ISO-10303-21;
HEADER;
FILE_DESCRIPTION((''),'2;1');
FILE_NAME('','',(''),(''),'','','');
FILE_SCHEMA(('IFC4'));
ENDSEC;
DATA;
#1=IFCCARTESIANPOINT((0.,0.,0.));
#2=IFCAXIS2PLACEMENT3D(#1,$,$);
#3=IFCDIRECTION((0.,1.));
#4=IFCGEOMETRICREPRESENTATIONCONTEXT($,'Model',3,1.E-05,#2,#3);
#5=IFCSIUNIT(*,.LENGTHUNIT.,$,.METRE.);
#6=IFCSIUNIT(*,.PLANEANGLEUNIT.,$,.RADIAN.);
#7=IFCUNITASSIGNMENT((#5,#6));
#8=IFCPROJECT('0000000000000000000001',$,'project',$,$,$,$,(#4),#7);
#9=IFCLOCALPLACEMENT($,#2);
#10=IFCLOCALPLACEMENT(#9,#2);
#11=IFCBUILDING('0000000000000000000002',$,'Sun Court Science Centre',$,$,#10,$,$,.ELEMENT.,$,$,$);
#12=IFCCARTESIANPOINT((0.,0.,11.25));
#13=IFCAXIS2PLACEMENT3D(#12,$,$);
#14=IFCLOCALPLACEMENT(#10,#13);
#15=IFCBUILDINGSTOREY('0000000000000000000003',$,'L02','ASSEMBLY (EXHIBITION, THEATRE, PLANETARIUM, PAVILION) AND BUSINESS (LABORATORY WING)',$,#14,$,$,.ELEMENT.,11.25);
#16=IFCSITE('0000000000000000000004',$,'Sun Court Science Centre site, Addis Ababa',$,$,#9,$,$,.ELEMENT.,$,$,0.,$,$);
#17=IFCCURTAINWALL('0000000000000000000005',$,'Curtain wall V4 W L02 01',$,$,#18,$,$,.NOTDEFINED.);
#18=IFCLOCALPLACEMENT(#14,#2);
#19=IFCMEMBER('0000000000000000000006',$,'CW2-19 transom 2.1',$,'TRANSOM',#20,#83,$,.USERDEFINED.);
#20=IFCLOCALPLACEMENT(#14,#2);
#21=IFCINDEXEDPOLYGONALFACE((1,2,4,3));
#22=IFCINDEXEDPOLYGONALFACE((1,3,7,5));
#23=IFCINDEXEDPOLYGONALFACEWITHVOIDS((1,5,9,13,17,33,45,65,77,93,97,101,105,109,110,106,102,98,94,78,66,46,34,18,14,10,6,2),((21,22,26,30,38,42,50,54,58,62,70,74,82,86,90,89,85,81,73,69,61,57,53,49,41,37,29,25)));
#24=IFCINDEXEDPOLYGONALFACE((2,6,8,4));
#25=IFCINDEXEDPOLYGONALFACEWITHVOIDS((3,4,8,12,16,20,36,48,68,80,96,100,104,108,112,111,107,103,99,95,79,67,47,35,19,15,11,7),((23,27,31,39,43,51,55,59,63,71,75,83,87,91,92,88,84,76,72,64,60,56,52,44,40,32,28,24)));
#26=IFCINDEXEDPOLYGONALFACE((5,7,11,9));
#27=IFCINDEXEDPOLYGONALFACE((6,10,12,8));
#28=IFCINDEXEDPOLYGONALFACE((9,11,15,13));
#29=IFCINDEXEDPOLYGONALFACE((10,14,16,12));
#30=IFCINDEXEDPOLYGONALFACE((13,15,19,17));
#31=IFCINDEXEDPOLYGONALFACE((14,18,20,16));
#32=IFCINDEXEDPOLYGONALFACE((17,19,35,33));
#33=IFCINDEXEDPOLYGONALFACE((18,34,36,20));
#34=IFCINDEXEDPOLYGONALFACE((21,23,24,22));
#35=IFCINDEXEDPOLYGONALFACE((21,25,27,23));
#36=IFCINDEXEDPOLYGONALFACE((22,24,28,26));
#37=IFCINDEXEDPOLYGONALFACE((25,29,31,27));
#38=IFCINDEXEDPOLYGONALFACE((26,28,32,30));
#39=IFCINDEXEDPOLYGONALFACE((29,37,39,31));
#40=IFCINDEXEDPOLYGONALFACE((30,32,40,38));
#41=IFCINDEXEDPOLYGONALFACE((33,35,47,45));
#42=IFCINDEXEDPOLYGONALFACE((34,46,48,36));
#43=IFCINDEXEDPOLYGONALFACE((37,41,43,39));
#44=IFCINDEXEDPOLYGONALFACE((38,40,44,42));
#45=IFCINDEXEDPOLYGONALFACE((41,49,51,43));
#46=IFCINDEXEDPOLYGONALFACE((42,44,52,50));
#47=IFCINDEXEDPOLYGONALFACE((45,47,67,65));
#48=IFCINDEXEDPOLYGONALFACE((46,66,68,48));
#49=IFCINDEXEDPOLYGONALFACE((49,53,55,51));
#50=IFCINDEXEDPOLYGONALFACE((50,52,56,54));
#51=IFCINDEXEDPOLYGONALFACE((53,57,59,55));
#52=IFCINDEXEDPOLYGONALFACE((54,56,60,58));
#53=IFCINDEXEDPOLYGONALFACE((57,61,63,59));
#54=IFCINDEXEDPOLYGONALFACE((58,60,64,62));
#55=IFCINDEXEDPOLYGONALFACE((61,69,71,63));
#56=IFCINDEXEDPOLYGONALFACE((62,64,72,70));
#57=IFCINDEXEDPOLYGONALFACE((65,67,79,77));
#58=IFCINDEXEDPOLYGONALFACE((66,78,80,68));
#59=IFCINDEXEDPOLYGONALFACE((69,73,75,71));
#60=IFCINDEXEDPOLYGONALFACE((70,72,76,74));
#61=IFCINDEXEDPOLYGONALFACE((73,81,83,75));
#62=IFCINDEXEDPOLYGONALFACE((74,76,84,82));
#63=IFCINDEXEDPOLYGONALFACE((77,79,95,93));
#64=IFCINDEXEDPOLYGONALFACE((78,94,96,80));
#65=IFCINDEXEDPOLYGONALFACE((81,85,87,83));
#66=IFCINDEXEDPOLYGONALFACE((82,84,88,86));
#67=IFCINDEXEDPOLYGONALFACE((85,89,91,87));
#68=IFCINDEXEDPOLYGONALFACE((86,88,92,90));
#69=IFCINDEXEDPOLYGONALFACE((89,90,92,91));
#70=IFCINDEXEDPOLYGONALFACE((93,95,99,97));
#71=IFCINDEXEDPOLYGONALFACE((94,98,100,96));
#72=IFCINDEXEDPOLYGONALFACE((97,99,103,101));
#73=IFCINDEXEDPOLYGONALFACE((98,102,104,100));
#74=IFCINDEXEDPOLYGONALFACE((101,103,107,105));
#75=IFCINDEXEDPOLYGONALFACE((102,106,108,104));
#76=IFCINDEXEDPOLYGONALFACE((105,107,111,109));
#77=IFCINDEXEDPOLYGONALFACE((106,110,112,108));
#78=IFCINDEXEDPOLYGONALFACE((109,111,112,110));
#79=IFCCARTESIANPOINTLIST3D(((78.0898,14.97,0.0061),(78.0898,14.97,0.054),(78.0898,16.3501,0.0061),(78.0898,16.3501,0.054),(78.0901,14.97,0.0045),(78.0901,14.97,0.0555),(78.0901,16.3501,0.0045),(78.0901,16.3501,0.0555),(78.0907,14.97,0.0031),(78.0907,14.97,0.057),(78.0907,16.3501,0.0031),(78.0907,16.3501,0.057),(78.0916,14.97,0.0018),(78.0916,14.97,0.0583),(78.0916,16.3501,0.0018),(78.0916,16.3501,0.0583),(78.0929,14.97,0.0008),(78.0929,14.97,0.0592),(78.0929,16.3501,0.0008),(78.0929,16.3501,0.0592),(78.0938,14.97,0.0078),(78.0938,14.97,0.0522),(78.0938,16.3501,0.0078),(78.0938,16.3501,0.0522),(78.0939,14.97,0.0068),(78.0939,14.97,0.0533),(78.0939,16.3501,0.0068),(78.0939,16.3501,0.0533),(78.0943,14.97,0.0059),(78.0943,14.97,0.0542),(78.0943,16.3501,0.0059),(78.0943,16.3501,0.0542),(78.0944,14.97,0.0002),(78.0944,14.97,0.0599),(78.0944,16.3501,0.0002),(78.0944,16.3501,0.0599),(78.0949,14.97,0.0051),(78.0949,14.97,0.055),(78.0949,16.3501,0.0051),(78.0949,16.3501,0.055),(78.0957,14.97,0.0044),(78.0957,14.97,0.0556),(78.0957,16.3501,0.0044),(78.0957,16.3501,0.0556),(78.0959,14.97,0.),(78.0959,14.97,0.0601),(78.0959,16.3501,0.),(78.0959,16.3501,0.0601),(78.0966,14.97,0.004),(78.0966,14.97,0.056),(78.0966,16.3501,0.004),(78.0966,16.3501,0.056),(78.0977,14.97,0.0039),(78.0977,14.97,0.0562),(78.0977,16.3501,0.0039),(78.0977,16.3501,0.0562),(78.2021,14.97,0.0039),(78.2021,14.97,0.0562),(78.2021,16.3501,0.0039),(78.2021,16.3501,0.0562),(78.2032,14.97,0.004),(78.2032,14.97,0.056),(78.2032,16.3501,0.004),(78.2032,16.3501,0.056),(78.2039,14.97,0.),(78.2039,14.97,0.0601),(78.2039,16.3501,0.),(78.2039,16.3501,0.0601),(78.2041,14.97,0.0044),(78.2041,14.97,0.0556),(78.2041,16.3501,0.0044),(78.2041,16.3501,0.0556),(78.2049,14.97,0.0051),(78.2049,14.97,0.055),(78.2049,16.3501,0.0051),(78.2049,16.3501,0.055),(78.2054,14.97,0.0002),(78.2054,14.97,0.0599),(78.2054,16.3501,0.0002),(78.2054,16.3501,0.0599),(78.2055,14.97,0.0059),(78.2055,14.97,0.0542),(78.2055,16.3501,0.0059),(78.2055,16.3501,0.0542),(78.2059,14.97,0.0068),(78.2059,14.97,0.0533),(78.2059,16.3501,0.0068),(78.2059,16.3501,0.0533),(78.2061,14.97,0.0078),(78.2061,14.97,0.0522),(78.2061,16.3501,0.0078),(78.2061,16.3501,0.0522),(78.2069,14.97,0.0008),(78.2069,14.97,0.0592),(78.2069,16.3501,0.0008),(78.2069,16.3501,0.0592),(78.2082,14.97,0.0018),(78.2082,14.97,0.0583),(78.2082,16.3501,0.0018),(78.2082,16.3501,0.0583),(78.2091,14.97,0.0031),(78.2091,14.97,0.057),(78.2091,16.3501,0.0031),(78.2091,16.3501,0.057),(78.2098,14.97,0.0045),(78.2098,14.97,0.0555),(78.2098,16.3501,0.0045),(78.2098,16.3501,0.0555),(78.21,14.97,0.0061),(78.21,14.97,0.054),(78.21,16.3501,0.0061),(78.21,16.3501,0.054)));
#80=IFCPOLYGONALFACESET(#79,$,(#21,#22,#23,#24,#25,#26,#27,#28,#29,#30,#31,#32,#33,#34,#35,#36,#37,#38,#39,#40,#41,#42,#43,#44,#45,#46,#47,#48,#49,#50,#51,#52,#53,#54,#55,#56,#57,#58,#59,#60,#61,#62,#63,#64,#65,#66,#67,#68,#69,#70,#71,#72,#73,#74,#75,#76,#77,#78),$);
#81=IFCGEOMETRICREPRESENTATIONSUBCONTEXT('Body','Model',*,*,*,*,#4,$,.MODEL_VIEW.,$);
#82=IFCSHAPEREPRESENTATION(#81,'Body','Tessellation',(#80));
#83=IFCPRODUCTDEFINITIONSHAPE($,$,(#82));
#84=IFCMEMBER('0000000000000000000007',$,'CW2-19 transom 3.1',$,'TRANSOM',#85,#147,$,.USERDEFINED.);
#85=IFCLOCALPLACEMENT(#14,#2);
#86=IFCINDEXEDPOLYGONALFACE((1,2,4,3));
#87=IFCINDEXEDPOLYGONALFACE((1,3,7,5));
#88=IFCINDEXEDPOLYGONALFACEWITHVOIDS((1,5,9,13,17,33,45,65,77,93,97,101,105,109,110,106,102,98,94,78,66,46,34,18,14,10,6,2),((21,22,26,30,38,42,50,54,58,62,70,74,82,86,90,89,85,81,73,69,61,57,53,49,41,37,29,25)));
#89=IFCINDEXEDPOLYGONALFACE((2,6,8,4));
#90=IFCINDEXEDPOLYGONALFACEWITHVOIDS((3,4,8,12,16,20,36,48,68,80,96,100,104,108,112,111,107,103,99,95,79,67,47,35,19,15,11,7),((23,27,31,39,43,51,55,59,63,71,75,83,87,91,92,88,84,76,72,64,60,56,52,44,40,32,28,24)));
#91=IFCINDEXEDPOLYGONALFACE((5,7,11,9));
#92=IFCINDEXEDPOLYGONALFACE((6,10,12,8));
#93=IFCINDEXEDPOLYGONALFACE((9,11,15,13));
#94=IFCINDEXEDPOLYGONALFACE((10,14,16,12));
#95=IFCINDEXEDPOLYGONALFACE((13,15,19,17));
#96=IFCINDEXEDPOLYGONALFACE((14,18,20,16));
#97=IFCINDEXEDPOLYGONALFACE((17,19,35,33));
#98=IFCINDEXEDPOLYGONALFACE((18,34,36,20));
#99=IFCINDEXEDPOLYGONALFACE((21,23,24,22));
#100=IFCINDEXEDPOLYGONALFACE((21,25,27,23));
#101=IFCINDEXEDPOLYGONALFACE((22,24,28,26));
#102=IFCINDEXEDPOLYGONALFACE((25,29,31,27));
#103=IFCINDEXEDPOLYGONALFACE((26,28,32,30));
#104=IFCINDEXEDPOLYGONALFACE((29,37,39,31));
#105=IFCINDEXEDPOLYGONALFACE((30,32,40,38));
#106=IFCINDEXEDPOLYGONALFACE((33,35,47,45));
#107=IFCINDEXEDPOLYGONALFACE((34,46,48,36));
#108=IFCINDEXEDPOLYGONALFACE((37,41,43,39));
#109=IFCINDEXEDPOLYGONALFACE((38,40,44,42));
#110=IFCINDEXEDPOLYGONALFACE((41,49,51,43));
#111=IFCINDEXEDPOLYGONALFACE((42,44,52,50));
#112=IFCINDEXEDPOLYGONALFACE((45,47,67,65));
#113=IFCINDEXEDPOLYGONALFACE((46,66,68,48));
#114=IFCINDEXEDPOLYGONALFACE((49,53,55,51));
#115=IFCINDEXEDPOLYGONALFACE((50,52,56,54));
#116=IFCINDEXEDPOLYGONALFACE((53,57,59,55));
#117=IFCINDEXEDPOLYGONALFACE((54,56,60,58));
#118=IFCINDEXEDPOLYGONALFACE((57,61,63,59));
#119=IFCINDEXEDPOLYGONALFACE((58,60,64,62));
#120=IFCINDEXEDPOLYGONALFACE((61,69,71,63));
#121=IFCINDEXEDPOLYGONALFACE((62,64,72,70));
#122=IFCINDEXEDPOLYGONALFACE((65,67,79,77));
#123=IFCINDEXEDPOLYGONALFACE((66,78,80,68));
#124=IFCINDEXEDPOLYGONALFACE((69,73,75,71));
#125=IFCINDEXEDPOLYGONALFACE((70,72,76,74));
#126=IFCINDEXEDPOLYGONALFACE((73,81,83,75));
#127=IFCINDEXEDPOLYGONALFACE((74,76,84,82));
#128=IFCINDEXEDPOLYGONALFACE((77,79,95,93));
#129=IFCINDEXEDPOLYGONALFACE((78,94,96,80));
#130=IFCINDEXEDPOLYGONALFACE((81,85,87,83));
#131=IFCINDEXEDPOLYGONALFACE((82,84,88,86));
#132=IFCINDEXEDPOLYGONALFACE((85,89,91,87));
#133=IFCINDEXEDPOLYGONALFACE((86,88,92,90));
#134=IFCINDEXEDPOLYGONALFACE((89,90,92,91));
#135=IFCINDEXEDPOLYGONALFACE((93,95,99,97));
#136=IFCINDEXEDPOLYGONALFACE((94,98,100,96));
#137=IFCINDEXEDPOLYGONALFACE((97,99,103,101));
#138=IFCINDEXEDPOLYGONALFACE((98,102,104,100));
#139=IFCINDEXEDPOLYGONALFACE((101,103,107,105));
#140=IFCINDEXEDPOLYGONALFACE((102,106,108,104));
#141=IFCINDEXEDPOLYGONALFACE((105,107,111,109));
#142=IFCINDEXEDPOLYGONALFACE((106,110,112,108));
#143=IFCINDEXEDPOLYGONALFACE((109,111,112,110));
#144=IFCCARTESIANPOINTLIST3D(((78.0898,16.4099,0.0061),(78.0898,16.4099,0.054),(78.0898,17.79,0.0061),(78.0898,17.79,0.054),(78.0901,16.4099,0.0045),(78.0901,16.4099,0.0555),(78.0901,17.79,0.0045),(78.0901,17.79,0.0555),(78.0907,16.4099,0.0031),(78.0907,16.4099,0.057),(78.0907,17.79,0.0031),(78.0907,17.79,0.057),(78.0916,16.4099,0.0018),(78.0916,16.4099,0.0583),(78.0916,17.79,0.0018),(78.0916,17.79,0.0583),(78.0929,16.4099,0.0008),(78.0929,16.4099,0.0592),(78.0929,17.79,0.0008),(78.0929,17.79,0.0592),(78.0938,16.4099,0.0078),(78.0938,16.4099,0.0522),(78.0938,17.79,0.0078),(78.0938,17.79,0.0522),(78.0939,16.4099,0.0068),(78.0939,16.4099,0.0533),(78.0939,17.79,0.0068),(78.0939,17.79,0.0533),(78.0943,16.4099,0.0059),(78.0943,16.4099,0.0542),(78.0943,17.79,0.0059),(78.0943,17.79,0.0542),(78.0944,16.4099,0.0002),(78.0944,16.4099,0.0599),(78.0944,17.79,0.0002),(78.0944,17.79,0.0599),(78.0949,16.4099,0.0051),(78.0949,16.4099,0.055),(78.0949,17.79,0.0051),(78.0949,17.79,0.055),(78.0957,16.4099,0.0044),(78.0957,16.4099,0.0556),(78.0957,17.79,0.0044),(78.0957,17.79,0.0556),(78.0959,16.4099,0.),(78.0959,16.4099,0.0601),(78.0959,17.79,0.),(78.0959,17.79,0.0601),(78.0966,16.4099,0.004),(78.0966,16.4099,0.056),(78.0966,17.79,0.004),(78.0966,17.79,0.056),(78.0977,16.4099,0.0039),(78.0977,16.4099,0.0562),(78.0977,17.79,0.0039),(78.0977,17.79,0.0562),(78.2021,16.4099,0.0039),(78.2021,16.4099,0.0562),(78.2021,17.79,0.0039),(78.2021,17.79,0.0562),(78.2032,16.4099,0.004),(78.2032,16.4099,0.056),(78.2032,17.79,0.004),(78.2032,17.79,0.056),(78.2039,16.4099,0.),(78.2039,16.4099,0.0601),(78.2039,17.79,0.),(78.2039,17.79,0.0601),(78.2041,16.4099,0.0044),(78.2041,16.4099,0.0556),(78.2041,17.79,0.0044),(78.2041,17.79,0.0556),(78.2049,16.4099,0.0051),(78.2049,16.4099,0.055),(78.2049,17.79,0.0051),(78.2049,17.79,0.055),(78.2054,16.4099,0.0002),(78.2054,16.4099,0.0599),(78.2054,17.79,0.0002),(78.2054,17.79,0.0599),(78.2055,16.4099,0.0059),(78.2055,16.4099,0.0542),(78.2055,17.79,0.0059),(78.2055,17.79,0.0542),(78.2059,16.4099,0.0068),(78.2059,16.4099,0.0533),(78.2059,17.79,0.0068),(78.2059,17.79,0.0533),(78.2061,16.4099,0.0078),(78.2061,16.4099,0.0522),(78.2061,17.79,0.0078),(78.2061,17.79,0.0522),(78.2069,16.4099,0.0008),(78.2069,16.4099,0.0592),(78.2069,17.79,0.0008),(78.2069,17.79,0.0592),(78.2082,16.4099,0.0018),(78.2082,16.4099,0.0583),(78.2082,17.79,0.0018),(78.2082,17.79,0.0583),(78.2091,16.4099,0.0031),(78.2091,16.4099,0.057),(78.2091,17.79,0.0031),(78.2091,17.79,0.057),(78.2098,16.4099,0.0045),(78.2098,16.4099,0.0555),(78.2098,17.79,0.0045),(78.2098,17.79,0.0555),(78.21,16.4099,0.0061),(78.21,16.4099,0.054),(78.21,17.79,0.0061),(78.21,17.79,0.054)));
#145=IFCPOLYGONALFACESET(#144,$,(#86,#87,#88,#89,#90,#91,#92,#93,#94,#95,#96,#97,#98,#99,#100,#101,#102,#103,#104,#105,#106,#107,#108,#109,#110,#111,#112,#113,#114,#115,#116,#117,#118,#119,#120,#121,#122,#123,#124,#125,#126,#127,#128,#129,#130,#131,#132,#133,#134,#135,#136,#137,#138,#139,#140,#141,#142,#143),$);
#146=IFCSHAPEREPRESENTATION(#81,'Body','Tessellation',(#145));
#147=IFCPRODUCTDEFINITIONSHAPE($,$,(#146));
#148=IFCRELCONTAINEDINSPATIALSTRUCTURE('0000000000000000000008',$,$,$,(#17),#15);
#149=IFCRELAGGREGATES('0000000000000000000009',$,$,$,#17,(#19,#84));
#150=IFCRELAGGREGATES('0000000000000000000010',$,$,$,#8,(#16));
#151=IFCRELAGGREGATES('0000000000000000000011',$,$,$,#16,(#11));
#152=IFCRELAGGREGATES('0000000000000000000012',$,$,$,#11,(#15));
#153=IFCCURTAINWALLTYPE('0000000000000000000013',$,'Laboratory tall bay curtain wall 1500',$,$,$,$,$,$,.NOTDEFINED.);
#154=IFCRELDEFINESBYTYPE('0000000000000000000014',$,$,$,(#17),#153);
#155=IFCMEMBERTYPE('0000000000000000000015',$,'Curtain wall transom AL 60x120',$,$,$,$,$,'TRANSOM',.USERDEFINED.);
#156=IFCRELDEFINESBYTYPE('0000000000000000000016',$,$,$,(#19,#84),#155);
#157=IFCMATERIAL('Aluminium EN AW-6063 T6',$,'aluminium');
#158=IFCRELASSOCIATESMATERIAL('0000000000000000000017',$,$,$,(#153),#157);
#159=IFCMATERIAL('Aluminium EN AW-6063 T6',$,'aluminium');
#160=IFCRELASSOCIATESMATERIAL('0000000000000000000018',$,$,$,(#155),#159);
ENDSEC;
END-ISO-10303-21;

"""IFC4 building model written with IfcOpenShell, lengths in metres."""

from ifc_helpers import new_model, si_unit, direction, frame, origin, origin_2d, place, context, subcontext, project, spatial, hollow_rectangle, extrude, material, material_profile, profile_set, type_object, element, aggregate, save


model = new_model("IFC4")

# Units and contexts
model_context = context("Model", 3, precision=1e-05, world=origin(), true_north=direction((0.0, 1.0)))
body_context = subcontext(model_context, "Body", "Model", "MODEL_VIEW")
ifc_project = project(units=[si_unit("LENGTHUNIT", "METRE"), si_unit("PLANEANGLEUNIT", "RADIAN")], contexts=[model_context])

# Site, building, storey
site_placement = place(None, origin())
site = spatial("IfcSite", under=ifc_project, at=site_placement, Name="Sun Court Science Centre site, Addis Ababa", CompositionType="ELEMENT", RefElevation=0.0)
building_placement = place(site_placement, origin())
building = spatial("IfcBuilding", under=site, at=building_placement, Name="Sun Court Science Centre", CompositionType="ELEMENT")
storey_placement = place(building_placement, frame((0.0, 0.0, 11.25)))
storey = spatial("IfcBuildingStorey", under=building, at=storey_placement, Name="L02", Description="ASSEMBLY (EXHIBITION, THEATRE, PLANETARIUM, PAVILION) AND BUSINESS (LABORATORY WING)", CompositionType="ELEMENT", Elevation=11.25)

# Curtain wall, members
ifc_material_1 = material(Name="Aluminium EN AW-6063 T6", Category="aluminium")
curtain_wall_type = type_object("IfcCurtainWallType", Name="Laboratory tall bay curtain wall 1500", PredefinedType="NOTDEFINED", material=ifc_material_1)
curtain_wall_placement = place(storey_placement, origin())
curtain_wall = element("IfcCurtainWall", 1, at=curtain_wall_placement, inside=storey, type_object=curtain_wall_type, Name="Curtain wall V4 W L02 01", PredefinedType="NOTDEFINED")
ifc_material_2 = material(Name="Aluminium EN AW-6063 T6", Category="aluminium")
ifc_material_profile_1 = material_profile(ifc_material_2, hollow_rectangle(XDim=0.0601, YDim=0.1201, WallThickness=0.0039, InnerFilletRadius=0.0039, OuterFilletRadius=0.0061, at=origin_2d()), Name="AL 60x120x4")
ifc_profile_set_1 = profile_set([ifc_material_profile_1], Name="Aluminium EN AW-6063 T6")
member_type_1 = type_object("IfcMemberType", Name="Curtain wall transom AL 60x120", ElementType="TRANSOM", PredefinedType="USERDEFINED", material=ifc_profile_set_1)
member_1_placement = place(storey_placement, frame((78.1499, 14.97, 0.03), z_axis=(0.0, 1.0, 0.0), x_axis=(0.0, 0.0, 1.0)))
member_1 = element("IfcMember", 2, at=member_1_placement, type_object=member_type_1, Name="CW2-19 transom 2.1", ObjectType="TRANSOM", PredefinedType="USERDEFINED", context=body_context, shape_type="SweptSolid", body=[
    extrude(hollow_rectangle(XDim=0.0601, YDim=0.1201, WallThickness=0.0039, InnerFilletRadius=0.0039, OuterFilletRadius=0.0061, at=origin_2d()), origin(), (0.0, 0.0, 1.0), 1.3801),
])
member_2_placement = place(storey_placement, frame((78.1499, 16.4099, 0.03), z_axis=(0.0, 1.0, 0.0), x_axis=(0.0, 0.0, 1.0)))
member_2 = element("IfcMember", 3, at=member_2_placement, type_object=member_type_1, Name="CW2-19 transom 3.1", ObjectType="TRANSOM", PredefinedType="USERDEFINED", context=body_context, shape_type="SweptSolid", body=[
    extrude(hollow_rectangle(XDim=0.0601, YDim=0.1201, WallThickness=0.0039, InnerFilletRadius=0.0039, OuterFilletRadius=0.0061, at=origin_2d()), origin(), (0.0, 0.0, 1.0), 1.3801),
])

aggregate(curtain_wall, [member_1, member_2])

save(model, "model.ifc")
